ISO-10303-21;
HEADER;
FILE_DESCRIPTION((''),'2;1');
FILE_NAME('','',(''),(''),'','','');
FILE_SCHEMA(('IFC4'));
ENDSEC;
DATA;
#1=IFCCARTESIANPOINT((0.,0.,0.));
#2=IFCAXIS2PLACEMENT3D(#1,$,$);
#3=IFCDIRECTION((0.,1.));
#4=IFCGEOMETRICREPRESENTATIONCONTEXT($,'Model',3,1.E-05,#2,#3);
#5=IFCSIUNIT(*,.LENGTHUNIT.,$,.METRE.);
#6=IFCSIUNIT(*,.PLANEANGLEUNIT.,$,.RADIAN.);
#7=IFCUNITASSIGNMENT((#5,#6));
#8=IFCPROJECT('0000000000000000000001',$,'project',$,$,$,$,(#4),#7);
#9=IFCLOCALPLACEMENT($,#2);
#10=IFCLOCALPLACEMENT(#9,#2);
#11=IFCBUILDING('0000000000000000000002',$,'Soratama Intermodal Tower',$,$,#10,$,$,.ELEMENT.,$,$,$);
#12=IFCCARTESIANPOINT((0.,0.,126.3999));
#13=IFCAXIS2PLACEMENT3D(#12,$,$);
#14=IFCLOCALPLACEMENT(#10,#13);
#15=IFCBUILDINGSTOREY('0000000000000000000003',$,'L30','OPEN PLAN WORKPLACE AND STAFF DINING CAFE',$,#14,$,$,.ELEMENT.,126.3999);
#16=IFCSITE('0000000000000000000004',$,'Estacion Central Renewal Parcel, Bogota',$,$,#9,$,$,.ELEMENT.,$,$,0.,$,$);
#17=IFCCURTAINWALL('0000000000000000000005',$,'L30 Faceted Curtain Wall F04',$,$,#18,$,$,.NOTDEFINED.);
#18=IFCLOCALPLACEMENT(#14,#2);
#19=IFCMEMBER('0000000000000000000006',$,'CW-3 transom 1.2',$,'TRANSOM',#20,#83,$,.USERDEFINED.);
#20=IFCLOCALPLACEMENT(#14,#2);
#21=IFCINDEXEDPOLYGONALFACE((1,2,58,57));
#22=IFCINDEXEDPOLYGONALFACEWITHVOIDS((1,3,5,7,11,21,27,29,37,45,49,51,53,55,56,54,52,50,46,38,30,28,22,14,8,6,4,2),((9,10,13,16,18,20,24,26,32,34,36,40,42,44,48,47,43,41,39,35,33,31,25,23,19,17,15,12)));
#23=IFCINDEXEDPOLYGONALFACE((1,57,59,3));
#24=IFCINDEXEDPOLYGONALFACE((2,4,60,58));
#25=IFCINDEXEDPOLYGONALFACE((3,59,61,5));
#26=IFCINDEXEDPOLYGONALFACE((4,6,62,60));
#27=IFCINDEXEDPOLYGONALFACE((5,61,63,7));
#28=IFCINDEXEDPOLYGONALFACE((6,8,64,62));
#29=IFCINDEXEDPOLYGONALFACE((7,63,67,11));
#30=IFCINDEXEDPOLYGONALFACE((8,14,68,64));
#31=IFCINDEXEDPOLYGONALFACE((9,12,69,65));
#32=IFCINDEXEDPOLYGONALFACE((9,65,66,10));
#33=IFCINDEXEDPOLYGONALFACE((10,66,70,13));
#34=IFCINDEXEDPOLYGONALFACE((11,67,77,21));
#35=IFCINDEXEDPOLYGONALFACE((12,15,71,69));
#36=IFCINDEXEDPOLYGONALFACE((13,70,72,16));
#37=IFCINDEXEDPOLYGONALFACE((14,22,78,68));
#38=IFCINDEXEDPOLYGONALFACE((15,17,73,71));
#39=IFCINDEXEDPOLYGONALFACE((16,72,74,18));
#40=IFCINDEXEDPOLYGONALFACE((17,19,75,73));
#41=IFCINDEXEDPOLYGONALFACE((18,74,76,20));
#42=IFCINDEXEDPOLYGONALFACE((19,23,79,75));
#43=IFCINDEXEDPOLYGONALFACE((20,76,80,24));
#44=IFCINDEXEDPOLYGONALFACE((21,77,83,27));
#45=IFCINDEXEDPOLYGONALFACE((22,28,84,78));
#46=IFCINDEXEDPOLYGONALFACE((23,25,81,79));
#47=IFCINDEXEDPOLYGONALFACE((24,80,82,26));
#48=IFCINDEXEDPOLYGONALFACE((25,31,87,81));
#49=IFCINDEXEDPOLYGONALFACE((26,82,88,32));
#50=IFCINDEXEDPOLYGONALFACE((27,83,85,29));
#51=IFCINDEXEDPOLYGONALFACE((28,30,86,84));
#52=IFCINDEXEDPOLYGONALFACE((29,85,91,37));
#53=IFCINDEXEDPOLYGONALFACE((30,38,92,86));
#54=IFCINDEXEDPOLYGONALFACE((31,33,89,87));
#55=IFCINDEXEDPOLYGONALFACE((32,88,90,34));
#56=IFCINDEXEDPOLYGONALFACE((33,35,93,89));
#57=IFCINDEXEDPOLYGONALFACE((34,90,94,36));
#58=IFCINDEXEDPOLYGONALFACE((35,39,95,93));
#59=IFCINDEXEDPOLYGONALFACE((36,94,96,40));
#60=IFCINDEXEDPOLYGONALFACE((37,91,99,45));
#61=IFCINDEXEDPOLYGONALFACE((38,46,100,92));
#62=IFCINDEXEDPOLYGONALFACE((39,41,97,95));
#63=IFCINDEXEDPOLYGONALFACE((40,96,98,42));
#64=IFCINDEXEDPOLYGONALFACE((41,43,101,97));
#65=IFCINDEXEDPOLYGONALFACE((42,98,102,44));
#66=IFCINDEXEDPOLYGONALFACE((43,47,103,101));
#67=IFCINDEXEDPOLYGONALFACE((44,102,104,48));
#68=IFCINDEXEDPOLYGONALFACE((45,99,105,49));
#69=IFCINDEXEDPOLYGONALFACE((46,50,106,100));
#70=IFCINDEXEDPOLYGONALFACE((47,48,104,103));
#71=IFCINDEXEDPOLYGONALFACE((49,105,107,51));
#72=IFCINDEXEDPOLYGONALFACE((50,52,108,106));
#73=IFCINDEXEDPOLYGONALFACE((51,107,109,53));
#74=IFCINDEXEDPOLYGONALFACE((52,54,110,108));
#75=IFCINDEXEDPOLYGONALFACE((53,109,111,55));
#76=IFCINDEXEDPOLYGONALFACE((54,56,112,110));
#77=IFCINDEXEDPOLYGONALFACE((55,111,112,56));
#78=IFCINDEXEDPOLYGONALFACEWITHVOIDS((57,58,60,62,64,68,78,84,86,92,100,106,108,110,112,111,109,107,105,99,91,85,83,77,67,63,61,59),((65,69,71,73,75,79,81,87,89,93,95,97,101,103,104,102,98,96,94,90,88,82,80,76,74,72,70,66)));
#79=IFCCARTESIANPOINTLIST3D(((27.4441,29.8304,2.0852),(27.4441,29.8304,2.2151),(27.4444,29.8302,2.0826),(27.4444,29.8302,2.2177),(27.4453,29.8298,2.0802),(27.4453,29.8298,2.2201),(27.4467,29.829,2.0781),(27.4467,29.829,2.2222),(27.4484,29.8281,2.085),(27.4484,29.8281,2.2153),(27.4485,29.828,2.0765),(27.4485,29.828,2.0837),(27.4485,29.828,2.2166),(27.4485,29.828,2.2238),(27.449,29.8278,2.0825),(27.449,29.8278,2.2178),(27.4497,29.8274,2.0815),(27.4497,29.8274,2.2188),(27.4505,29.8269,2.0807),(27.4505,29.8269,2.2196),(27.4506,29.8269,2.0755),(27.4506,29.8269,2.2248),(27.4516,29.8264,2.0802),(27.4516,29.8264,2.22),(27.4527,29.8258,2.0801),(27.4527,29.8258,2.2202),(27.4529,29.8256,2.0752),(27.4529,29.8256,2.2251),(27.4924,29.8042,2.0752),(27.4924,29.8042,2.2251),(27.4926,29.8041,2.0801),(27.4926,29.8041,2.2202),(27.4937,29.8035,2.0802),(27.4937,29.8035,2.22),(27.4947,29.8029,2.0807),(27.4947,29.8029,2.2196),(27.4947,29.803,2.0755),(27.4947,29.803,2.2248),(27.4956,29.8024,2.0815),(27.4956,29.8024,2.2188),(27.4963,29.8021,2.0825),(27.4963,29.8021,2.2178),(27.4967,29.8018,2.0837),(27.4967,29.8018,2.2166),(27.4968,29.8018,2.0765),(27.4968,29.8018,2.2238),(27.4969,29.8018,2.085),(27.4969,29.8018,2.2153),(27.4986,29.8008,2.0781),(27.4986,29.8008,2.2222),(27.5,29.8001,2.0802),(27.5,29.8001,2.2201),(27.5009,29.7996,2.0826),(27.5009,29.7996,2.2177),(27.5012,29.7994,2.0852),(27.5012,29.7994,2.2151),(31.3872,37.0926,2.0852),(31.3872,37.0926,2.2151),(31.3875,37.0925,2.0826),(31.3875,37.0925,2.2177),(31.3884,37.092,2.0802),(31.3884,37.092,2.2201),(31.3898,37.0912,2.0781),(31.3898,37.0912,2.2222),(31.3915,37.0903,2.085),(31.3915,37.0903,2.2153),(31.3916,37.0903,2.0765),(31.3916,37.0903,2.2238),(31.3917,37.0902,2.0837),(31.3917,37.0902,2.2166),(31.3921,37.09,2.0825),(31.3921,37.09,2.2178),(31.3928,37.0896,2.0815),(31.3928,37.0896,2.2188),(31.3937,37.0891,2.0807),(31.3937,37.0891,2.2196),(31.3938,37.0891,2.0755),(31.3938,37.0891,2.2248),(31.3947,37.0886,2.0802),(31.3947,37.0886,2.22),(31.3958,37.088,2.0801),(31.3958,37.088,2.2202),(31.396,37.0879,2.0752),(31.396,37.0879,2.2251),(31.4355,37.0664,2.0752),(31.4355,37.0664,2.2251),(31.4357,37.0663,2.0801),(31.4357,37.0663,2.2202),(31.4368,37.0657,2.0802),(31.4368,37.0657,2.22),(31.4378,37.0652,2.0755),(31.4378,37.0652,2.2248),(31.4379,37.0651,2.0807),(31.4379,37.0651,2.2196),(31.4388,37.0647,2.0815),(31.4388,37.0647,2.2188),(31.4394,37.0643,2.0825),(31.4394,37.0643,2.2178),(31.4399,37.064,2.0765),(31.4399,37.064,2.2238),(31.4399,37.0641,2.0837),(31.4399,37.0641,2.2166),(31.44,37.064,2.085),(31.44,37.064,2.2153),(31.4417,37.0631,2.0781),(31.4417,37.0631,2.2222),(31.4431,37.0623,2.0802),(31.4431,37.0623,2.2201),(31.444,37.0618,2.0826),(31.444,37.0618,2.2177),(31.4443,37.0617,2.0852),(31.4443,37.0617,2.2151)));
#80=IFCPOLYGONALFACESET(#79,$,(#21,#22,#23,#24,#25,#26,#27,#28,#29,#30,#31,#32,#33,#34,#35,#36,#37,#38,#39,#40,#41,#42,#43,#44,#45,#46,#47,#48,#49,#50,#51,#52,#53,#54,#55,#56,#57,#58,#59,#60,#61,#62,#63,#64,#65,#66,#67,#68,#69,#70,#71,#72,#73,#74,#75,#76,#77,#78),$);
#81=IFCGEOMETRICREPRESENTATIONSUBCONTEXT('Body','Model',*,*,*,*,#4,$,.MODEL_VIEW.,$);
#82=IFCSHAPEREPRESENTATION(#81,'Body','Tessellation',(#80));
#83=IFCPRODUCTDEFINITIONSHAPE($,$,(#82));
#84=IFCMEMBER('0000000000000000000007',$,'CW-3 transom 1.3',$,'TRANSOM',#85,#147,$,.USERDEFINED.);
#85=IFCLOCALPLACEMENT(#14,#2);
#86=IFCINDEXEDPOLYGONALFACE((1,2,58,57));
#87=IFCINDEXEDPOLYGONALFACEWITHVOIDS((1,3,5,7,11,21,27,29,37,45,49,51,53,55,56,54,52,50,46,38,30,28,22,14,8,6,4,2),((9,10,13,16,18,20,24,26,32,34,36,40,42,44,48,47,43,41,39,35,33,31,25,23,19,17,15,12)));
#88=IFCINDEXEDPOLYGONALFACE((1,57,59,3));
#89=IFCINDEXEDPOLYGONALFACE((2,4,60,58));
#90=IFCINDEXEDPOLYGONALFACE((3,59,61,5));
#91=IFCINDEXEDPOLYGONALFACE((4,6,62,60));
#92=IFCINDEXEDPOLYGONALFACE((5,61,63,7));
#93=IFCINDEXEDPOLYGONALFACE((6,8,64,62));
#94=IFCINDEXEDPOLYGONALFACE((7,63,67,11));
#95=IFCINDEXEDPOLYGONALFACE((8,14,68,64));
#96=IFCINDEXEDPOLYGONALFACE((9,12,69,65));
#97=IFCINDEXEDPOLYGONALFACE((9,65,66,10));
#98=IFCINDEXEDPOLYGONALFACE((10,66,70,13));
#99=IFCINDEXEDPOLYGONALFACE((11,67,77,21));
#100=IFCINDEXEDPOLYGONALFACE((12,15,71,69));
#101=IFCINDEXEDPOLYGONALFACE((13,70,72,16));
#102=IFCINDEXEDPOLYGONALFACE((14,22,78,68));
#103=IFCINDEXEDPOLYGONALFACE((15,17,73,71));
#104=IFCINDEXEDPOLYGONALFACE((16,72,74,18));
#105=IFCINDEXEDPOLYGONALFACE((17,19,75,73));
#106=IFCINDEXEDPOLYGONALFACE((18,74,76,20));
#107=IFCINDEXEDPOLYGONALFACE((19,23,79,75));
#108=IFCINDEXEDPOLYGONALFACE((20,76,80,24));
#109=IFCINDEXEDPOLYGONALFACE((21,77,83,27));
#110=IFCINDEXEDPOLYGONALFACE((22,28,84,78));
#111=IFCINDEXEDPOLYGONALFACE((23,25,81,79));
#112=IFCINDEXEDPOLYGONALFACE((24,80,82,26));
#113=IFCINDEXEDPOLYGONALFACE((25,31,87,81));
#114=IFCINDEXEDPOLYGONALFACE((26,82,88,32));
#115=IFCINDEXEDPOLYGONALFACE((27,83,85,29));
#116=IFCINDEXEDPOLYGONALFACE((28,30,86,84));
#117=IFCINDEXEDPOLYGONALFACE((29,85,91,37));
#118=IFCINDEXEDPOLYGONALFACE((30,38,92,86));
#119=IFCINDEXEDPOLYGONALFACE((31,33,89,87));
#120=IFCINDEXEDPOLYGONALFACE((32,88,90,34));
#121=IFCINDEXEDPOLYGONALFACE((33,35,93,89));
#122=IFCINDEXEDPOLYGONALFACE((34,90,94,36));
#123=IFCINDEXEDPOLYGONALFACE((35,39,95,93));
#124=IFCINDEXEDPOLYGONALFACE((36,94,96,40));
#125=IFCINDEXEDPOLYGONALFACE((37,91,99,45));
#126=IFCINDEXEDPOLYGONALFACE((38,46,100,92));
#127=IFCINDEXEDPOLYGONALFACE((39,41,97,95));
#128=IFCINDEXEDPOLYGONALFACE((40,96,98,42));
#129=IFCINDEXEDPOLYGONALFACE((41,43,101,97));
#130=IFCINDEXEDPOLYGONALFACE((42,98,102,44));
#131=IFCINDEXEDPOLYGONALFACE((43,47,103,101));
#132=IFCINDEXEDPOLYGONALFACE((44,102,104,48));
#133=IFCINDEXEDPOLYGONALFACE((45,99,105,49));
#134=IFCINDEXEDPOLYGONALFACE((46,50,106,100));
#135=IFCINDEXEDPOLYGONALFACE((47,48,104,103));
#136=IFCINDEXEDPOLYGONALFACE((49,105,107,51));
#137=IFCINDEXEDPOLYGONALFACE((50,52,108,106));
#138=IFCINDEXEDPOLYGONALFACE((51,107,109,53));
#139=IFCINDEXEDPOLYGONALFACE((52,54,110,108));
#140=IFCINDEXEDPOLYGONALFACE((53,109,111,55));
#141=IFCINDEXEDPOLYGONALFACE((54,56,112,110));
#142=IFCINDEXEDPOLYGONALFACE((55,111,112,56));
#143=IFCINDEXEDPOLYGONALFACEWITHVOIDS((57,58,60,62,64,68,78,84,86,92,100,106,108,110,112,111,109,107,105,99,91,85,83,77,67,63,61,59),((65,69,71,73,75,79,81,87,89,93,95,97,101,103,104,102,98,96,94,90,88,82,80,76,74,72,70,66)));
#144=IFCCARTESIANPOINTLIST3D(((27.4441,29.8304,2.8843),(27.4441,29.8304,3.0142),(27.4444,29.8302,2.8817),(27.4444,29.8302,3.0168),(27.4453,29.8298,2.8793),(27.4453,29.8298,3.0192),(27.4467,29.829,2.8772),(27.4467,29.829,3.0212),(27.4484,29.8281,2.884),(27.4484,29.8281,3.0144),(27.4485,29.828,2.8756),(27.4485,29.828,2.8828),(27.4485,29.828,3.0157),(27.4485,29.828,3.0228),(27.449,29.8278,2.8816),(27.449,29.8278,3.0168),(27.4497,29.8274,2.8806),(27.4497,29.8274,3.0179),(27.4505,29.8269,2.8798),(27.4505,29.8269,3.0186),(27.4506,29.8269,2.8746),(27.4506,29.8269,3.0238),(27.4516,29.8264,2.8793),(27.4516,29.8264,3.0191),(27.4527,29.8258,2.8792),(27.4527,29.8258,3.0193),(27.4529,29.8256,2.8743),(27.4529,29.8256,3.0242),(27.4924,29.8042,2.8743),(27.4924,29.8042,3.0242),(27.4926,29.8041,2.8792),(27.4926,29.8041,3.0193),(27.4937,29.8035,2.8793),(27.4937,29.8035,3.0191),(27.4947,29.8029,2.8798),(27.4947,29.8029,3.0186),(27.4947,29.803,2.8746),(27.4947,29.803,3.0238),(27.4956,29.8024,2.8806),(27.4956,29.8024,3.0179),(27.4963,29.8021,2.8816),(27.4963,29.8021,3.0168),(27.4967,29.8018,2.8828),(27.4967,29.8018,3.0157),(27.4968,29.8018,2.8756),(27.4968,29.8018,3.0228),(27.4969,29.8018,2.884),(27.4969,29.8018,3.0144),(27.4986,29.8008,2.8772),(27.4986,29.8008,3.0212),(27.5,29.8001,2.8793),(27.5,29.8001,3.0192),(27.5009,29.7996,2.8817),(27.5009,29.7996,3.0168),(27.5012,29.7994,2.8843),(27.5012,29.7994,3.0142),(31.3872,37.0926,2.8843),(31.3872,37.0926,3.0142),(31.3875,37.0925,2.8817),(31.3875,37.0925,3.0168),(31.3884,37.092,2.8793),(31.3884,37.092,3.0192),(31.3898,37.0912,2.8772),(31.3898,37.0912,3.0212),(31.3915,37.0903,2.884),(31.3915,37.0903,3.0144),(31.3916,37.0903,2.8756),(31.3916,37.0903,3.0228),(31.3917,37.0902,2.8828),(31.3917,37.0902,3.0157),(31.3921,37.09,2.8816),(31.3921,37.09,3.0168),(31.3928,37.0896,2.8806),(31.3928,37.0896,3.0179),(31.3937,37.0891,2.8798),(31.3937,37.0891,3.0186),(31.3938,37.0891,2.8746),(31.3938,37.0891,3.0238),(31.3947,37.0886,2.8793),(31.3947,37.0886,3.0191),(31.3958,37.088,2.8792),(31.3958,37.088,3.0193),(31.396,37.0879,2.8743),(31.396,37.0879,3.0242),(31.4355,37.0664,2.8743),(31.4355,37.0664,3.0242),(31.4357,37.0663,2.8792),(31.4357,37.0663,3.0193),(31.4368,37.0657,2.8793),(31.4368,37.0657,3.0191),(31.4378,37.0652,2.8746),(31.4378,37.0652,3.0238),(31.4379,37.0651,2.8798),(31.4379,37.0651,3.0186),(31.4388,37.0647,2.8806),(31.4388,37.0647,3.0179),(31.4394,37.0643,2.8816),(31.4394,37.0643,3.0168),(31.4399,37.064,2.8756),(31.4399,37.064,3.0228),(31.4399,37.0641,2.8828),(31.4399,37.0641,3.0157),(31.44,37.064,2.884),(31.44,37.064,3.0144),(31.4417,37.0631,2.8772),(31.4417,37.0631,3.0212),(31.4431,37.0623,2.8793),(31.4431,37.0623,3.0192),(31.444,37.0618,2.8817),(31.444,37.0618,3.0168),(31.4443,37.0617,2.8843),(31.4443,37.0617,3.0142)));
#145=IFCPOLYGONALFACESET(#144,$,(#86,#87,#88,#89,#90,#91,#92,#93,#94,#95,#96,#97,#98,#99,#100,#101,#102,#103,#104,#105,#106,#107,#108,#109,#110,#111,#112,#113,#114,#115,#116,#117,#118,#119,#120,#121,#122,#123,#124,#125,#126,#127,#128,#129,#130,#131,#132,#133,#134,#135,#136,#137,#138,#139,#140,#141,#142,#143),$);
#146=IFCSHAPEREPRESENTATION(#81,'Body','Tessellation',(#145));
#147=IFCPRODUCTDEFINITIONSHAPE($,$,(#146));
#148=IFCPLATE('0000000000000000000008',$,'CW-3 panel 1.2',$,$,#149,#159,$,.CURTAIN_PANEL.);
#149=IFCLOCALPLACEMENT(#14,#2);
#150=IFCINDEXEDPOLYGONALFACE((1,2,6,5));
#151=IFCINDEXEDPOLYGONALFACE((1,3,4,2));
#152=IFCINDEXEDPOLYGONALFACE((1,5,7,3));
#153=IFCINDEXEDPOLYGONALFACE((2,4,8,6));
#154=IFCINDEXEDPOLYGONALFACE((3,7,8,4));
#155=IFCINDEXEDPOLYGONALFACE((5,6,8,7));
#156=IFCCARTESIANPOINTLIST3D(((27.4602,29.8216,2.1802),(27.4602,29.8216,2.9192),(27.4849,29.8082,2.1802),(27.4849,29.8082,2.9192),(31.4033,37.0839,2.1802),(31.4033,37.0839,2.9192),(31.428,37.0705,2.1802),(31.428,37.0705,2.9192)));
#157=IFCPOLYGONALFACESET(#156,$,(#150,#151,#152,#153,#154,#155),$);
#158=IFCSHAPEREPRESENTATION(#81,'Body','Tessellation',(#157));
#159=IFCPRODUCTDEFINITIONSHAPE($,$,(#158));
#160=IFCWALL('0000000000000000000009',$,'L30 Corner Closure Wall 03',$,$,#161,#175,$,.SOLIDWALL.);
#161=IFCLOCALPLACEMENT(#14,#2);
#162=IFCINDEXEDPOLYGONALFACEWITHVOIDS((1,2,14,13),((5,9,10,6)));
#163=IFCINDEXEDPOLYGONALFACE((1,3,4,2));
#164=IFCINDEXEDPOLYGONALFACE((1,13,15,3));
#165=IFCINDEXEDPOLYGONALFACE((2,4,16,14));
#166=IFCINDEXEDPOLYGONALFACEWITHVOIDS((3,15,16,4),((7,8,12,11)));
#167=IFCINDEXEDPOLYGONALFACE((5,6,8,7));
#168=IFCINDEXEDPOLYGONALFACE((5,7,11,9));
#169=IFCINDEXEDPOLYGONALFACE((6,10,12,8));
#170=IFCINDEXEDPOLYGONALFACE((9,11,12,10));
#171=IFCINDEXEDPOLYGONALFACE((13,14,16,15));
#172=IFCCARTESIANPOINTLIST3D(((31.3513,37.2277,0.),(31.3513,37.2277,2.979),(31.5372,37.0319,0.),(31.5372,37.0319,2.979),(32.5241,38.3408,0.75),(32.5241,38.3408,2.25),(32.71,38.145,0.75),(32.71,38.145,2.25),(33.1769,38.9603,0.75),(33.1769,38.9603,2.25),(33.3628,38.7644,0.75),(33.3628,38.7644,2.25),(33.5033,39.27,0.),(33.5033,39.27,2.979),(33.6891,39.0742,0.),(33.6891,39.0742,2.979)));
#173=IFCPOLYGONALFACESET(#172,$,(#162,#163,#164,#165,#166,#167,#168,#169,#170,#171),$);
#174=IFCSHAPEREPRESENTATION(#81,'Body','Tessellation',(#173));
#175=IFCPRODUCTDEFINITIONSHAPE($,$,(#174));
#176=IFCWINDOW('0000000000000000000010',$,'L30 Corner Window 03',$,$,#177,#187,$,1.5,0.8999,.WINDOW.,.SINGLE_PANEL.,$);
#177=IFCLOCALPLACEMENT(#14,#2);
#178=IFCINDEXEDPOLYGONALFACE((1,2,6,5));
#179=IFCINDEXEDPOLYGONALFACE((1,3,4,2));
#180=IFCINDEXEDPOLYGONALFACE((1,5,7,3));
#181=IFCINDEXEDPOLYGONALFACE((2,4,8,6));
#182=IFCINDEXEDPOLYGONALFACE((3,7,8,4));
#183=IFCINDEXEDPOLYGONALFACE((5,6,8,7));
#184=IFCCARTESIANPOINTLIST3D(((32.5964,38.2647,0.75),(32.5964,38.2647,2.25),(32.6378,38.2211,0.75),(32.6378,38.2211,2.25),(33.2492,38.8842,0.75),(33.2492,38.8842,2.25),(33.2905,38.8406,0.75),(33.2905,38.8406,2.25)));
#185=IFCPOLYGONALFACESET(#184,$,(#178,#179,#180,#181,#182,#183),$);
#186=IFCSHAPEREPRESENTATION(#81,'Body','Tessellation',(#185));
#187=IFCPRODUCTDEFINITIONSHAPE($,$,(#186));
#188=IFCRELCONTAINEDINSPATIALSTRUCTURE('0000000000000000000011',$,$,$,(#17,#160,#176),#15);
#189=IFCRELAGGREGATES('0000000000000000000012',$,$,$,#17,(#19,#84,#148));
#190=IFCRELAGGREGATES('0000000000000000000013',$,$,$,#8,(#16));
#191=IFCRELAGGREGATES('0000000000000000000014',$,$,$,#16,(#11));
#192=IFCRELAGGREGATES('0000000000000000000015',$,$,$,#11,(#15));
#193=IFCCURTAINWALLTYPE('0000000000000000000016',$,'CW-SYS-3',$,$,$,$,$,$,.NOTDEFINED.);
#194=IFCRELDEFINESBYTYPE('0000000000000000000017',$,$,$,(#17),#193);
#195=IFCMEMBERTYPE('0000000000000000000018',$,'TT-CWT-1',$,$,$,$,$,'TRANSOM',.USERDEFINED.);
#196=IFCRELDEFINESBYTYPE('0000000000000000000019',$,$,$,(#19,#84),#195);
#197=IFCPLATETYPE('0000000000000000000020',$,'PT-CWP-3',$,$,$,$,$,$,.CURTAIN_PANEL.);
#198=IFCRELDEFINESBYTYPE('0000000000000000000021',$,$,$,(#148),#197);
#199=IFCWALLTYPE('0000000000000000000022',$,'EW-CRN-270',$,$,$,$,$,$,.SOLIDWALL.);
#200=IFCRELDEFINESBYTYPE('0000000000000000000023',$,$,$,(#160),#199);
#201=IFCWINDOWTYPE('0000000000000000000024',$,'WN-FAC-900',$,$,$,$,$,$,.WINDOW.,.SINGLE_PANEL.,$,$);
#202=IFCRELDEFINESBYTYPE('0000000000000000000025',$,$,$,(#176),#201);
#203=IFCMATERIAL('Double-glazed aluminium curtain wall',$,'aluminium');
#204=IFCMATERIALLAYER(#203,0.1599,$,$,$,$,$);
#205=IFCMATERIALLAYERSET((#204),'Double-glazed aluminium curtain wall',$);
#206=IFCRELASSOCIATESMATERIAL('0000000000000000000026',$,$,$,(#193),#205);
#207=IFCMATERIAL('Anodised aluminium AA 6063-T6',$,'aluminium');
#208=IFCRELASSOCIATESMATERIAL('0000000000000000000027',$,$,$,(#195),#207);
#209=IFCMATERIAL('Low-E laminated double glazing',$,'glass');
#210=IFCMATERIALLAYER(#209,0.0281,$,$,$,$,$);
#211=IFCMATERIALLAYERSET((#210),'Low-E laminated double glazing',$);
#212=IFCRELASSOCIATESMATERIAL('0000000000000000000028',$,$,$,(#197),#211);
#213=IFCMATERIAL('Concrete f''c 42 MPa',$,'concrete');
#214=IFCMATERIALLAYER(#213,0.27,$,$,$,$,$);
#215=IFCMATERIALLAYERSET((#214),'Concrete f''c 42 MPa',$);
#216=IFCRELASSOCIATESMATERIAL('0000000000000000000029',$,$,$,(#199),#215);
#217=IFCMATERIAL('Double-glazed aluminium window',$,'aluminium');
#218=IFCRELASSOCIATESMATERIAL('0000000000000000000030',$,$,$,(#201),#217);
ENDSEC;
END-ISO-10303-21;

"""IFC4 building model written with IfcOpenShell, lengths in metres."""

from ifc_helpers import new_model, si_unit, direction, frame, frame_2d, origin, origin_2d, place, context, subcontext, project, spatial, rectangle, hollow_rectangle, extrude, material, layer, layer_set, material_profile, profile_set, type_object, element, fill, aggregate, save


model = new_model("IFC4")

# Units and contexts
model_context = context("Model", 3, precision=1e-05, world=origin(), true_north=direction((0.0, 1.0)))
body_context = subcontext(model_context, "Body", "Model", "MODEL_VIEW")
ifc_project = project(units=[si_unit("LENGTHUNIT", "METRE"), si_unit("PLANEANGLEUNIT", "RADIAN")], contexts=[model_context])

# Site, building, storey
site_placement = place(None, origin())
site = spatial("IfcSite", under=ifc_project, at=site_placement, Name="Estacion Central Renewal Parcel, Bogota", CompositionType="ELEMENT", RefElevation=0.0)
building_placement = place(site_placement, origin())
building = spatial("IfcBuilding", under=site, at=building_placement, Name="Soratama Intermodal Tower", CompositionType="ELEMENT")
storey_placement = place(building_placement, frame((0.0, 0.0, 126.3999)))
storey = spatial("IfcBuildingStorey", under=building, at=storey_placement, Name="L30", Description="OPEN PLAN WORKPLACE AND STAFF DINING CAFE", CompositionType="ELEMENT", Elevation=126.3999)

# Shared definitions
ifc_material_1 = material(Name="Double-glazed aluminium curtain wall", Category="aluminium")
ifc_layer_1 = layer(ifc_material_1, 0.1599)
ifc_layer_set_1 = layer_set([ifc_layer_1], Name="Double-glazed aluminium curtain wall")
curtain_wall_type = type_object("IfcCurtainWallType", Name="CW-SYS-3", PredefinedType="NOTDEFINED", material=ifc_layer_set_1)

# Curtain wall, members, plate
curtain_wall_1_placement = place(storey_placement, origin())
curtain_wall_1 = element("IfcCurtainWall", 1, at=curtain_wall_1_placement, inside=storey, type_object=curtain_wall_type, Name="L30 Faceted Curtain Wall F04", PredefinedType="NOTDEFINED")
ifc_material_2 = material(Name="Anodised aluminium AA 6063-T6", Category="aluminium")
ifc_material_profile_1 = material_profile(ifc_material_2, hollow_rectangle(XDim=0.0649, YDim=0.1499, WallThickness=0.0049, InnerFilletRadius=0.0049, OuterFilletRadius=0.01, at=origin_2d()), Name="CWT150X65X5")
ifc_profile_set_1 = profile_set([ifc_material_profile_1], Name="Anodised aluminium AA 6063-T6")
member_type_1 = type_object("IfcMemberType", Name="TT-CWT-1", ElementType="TRANSOM", PredefinedType="USERDEFINED", material=ifc_profile_set_1)
member_1_placement = place(storey_placement, frame((31.4158, 37.0771, 2.1501), z_axis=(-0.477164, -0.878814, 0.0), x_axis=(0.878814, -0.477164, 0.0)))
member_1 = element("IfcMember", 2, at=member_1_placement, type_object=member_type_1, Name="CW-3 transom 1.2", ObjectType="TRANSOM", PredefinedType="USERDEFINED", context=body_context, shape_type="SweptSolid", body=[
    extrude(hollow_rectangle(XDim=0.0649, YDim=0.1499, WallThickness=0.0049, InnerFilletRadius=0.0049, OuterFilletRadius=0.01, at=origin_2d()), origin(), (0.0, 0.0, 1.0), 8.2637),
])
member_2_placement = place(storey_placement, frame((31.4158, 37.0771, 2.9492), z_axis=(-0.477164, -0.878814, 0.0), x_axis=(0.878814, -0.477164, 0.0)))
member_2 = element("IfcMember", 3, at=member_2_placement, type_object=member_type_1, Name="CW-3 transom 1.3", ObjectType="TRANSOM", PredefinedType="USERDEFINED", context=body_context, shape_type="SweptSolid", body=[
    extrude(hollow_rectangle(XDim=0.0649, YDim=0.1499, WallThickness=0.0049, InnerFilletRadius=0.0049, OuterFilletRadius=0.01, at=origin_2d()), origin(), (0.0, 0.0, 1.0), 8.2637),
])
ifc_material_3 = material(Name="Low-E laminated double glazing", Category="glass")
ifc_layer_2 = layer(ifc_material_3, 0.0281)
ifc_layer_set_2 = layer_set([ifc_layer_2], Name="Low-E laminated double glazing")
plate_type = type_object("IfcPlateType", Name="PT-CWP-3", PredefinedType="CURTAIN_PANEL", material=ifc_layer_set_2)
plate_placement = place(storey_placement, frame((29.4441, 33.446, 2.1802), z_axis=(0.0, 0.0, 1.0), x_axis=(-0.477161, -0.878816, 0.0)))
plate = element("IfcPlate", 4, at=plate_placement, type_object=plate_type, Name="CW-3 panel 1.2", PredefinedType="CURTAIN_PANEL", context=body_context, shape_type="SweptSolid", body=[
    extrude(rectangle(XDim=8.2637, YDim=0.0281, at=origin_2d()), origin(), (0.0, 0.0, 1.0), 0.739),
])
aggregate(curtain_wall_1, [member_1, member_2, plate])

# Wall, opening, window
ifc_material_4 = material(Name="Concrete f'c 42 MPa", Category="concrete")
ifc_layer_3 = layer(ifc_material_4, 0.27)
ifc_layer_set_3 = layer_set([ifc_layer_3], Name="Concrete f'c 42 MPa")
wall_type_1 = type_object("IfcWallType", Name="EW-CRN-270", PredefinedType="SOLIDWALL", material=ifc_layer_set_3)
wall_1_placement = place(storey_placement, frame((33.5962, 39.1721, 0.0), z_axis=(0.0, 0.0, 1.0), x_axis=(-0.72534, -0.68839, 0.0)))
wall_1 = element("IfcWall", 5, at=wall_1_placement, inside=storey, type_object=wall_type_1, Name="L30 Corner Closure Wall 03", PredefinedType="SOLIDWALL", context=body_context, shape_type="SweptSolid", body=[
    extrude(rectangle(XDim=2.9668, YDim=0.27, at=frame_2d((1.4834, 0.0))), origin(), (0.0, 0.0, 1.0), 2.979),
])
opening_1_placement = place(wall_1_placement, frame((0.45, 0.0, 0.75)))
opening_1 = element("IfcOpeningElement", 6, at=opening_1_placement, cuts=wall_1, PredefinedType="OPENING", context=body_context, shape_type="SweptSolid", body=[
    extrude(rectangle(XDim=0.8999, YDim=1.5, at=frame_2d((0.45, 0.75))), frame((0.0, 0.145, 0.0), z_axis=(0.0, -1.0, 0.0), x_axis=(1.0, 0.0, 0.0)), (0.0, 0.0, 1.0), 0.29),
])
ifc_material_5 = material(Name="Double-glazed aluminium window", Category="aluminium")
window_type = type_object("IfcWindowType", Name="WN-FAC-900", PartitioningType="SINGLE_PANEL", PredefinedType="WINDOW", material=ifc_material_5)
window_placement = place(opening_1_placement, origin())
window = element("IfcWindow", 7, at=window_placement, inside=storey, type_object=window_type, Name="L30 Corner Window 03", OverallHeight=1.5, OverallWidth=0.8999, PartitioningType="SINGLE_PANEL", PredefinedType="WINDOW", context=body_context, shape_type="SweptSolid", body=[
    extrude(rectangle(XDim=0.8999, YDim=1.5, at=frame_2d((0.45, 0.75))), frame((0.0, 0.03, 0.0), z_axis=(0.0, -1.0, 0.0), x_axis=(1.0, 0.0, 0.0)), (0.0, 0.0, 1.0), 0.0601),
])
fill(opening_1, window)

save(model, "model.ifc")
